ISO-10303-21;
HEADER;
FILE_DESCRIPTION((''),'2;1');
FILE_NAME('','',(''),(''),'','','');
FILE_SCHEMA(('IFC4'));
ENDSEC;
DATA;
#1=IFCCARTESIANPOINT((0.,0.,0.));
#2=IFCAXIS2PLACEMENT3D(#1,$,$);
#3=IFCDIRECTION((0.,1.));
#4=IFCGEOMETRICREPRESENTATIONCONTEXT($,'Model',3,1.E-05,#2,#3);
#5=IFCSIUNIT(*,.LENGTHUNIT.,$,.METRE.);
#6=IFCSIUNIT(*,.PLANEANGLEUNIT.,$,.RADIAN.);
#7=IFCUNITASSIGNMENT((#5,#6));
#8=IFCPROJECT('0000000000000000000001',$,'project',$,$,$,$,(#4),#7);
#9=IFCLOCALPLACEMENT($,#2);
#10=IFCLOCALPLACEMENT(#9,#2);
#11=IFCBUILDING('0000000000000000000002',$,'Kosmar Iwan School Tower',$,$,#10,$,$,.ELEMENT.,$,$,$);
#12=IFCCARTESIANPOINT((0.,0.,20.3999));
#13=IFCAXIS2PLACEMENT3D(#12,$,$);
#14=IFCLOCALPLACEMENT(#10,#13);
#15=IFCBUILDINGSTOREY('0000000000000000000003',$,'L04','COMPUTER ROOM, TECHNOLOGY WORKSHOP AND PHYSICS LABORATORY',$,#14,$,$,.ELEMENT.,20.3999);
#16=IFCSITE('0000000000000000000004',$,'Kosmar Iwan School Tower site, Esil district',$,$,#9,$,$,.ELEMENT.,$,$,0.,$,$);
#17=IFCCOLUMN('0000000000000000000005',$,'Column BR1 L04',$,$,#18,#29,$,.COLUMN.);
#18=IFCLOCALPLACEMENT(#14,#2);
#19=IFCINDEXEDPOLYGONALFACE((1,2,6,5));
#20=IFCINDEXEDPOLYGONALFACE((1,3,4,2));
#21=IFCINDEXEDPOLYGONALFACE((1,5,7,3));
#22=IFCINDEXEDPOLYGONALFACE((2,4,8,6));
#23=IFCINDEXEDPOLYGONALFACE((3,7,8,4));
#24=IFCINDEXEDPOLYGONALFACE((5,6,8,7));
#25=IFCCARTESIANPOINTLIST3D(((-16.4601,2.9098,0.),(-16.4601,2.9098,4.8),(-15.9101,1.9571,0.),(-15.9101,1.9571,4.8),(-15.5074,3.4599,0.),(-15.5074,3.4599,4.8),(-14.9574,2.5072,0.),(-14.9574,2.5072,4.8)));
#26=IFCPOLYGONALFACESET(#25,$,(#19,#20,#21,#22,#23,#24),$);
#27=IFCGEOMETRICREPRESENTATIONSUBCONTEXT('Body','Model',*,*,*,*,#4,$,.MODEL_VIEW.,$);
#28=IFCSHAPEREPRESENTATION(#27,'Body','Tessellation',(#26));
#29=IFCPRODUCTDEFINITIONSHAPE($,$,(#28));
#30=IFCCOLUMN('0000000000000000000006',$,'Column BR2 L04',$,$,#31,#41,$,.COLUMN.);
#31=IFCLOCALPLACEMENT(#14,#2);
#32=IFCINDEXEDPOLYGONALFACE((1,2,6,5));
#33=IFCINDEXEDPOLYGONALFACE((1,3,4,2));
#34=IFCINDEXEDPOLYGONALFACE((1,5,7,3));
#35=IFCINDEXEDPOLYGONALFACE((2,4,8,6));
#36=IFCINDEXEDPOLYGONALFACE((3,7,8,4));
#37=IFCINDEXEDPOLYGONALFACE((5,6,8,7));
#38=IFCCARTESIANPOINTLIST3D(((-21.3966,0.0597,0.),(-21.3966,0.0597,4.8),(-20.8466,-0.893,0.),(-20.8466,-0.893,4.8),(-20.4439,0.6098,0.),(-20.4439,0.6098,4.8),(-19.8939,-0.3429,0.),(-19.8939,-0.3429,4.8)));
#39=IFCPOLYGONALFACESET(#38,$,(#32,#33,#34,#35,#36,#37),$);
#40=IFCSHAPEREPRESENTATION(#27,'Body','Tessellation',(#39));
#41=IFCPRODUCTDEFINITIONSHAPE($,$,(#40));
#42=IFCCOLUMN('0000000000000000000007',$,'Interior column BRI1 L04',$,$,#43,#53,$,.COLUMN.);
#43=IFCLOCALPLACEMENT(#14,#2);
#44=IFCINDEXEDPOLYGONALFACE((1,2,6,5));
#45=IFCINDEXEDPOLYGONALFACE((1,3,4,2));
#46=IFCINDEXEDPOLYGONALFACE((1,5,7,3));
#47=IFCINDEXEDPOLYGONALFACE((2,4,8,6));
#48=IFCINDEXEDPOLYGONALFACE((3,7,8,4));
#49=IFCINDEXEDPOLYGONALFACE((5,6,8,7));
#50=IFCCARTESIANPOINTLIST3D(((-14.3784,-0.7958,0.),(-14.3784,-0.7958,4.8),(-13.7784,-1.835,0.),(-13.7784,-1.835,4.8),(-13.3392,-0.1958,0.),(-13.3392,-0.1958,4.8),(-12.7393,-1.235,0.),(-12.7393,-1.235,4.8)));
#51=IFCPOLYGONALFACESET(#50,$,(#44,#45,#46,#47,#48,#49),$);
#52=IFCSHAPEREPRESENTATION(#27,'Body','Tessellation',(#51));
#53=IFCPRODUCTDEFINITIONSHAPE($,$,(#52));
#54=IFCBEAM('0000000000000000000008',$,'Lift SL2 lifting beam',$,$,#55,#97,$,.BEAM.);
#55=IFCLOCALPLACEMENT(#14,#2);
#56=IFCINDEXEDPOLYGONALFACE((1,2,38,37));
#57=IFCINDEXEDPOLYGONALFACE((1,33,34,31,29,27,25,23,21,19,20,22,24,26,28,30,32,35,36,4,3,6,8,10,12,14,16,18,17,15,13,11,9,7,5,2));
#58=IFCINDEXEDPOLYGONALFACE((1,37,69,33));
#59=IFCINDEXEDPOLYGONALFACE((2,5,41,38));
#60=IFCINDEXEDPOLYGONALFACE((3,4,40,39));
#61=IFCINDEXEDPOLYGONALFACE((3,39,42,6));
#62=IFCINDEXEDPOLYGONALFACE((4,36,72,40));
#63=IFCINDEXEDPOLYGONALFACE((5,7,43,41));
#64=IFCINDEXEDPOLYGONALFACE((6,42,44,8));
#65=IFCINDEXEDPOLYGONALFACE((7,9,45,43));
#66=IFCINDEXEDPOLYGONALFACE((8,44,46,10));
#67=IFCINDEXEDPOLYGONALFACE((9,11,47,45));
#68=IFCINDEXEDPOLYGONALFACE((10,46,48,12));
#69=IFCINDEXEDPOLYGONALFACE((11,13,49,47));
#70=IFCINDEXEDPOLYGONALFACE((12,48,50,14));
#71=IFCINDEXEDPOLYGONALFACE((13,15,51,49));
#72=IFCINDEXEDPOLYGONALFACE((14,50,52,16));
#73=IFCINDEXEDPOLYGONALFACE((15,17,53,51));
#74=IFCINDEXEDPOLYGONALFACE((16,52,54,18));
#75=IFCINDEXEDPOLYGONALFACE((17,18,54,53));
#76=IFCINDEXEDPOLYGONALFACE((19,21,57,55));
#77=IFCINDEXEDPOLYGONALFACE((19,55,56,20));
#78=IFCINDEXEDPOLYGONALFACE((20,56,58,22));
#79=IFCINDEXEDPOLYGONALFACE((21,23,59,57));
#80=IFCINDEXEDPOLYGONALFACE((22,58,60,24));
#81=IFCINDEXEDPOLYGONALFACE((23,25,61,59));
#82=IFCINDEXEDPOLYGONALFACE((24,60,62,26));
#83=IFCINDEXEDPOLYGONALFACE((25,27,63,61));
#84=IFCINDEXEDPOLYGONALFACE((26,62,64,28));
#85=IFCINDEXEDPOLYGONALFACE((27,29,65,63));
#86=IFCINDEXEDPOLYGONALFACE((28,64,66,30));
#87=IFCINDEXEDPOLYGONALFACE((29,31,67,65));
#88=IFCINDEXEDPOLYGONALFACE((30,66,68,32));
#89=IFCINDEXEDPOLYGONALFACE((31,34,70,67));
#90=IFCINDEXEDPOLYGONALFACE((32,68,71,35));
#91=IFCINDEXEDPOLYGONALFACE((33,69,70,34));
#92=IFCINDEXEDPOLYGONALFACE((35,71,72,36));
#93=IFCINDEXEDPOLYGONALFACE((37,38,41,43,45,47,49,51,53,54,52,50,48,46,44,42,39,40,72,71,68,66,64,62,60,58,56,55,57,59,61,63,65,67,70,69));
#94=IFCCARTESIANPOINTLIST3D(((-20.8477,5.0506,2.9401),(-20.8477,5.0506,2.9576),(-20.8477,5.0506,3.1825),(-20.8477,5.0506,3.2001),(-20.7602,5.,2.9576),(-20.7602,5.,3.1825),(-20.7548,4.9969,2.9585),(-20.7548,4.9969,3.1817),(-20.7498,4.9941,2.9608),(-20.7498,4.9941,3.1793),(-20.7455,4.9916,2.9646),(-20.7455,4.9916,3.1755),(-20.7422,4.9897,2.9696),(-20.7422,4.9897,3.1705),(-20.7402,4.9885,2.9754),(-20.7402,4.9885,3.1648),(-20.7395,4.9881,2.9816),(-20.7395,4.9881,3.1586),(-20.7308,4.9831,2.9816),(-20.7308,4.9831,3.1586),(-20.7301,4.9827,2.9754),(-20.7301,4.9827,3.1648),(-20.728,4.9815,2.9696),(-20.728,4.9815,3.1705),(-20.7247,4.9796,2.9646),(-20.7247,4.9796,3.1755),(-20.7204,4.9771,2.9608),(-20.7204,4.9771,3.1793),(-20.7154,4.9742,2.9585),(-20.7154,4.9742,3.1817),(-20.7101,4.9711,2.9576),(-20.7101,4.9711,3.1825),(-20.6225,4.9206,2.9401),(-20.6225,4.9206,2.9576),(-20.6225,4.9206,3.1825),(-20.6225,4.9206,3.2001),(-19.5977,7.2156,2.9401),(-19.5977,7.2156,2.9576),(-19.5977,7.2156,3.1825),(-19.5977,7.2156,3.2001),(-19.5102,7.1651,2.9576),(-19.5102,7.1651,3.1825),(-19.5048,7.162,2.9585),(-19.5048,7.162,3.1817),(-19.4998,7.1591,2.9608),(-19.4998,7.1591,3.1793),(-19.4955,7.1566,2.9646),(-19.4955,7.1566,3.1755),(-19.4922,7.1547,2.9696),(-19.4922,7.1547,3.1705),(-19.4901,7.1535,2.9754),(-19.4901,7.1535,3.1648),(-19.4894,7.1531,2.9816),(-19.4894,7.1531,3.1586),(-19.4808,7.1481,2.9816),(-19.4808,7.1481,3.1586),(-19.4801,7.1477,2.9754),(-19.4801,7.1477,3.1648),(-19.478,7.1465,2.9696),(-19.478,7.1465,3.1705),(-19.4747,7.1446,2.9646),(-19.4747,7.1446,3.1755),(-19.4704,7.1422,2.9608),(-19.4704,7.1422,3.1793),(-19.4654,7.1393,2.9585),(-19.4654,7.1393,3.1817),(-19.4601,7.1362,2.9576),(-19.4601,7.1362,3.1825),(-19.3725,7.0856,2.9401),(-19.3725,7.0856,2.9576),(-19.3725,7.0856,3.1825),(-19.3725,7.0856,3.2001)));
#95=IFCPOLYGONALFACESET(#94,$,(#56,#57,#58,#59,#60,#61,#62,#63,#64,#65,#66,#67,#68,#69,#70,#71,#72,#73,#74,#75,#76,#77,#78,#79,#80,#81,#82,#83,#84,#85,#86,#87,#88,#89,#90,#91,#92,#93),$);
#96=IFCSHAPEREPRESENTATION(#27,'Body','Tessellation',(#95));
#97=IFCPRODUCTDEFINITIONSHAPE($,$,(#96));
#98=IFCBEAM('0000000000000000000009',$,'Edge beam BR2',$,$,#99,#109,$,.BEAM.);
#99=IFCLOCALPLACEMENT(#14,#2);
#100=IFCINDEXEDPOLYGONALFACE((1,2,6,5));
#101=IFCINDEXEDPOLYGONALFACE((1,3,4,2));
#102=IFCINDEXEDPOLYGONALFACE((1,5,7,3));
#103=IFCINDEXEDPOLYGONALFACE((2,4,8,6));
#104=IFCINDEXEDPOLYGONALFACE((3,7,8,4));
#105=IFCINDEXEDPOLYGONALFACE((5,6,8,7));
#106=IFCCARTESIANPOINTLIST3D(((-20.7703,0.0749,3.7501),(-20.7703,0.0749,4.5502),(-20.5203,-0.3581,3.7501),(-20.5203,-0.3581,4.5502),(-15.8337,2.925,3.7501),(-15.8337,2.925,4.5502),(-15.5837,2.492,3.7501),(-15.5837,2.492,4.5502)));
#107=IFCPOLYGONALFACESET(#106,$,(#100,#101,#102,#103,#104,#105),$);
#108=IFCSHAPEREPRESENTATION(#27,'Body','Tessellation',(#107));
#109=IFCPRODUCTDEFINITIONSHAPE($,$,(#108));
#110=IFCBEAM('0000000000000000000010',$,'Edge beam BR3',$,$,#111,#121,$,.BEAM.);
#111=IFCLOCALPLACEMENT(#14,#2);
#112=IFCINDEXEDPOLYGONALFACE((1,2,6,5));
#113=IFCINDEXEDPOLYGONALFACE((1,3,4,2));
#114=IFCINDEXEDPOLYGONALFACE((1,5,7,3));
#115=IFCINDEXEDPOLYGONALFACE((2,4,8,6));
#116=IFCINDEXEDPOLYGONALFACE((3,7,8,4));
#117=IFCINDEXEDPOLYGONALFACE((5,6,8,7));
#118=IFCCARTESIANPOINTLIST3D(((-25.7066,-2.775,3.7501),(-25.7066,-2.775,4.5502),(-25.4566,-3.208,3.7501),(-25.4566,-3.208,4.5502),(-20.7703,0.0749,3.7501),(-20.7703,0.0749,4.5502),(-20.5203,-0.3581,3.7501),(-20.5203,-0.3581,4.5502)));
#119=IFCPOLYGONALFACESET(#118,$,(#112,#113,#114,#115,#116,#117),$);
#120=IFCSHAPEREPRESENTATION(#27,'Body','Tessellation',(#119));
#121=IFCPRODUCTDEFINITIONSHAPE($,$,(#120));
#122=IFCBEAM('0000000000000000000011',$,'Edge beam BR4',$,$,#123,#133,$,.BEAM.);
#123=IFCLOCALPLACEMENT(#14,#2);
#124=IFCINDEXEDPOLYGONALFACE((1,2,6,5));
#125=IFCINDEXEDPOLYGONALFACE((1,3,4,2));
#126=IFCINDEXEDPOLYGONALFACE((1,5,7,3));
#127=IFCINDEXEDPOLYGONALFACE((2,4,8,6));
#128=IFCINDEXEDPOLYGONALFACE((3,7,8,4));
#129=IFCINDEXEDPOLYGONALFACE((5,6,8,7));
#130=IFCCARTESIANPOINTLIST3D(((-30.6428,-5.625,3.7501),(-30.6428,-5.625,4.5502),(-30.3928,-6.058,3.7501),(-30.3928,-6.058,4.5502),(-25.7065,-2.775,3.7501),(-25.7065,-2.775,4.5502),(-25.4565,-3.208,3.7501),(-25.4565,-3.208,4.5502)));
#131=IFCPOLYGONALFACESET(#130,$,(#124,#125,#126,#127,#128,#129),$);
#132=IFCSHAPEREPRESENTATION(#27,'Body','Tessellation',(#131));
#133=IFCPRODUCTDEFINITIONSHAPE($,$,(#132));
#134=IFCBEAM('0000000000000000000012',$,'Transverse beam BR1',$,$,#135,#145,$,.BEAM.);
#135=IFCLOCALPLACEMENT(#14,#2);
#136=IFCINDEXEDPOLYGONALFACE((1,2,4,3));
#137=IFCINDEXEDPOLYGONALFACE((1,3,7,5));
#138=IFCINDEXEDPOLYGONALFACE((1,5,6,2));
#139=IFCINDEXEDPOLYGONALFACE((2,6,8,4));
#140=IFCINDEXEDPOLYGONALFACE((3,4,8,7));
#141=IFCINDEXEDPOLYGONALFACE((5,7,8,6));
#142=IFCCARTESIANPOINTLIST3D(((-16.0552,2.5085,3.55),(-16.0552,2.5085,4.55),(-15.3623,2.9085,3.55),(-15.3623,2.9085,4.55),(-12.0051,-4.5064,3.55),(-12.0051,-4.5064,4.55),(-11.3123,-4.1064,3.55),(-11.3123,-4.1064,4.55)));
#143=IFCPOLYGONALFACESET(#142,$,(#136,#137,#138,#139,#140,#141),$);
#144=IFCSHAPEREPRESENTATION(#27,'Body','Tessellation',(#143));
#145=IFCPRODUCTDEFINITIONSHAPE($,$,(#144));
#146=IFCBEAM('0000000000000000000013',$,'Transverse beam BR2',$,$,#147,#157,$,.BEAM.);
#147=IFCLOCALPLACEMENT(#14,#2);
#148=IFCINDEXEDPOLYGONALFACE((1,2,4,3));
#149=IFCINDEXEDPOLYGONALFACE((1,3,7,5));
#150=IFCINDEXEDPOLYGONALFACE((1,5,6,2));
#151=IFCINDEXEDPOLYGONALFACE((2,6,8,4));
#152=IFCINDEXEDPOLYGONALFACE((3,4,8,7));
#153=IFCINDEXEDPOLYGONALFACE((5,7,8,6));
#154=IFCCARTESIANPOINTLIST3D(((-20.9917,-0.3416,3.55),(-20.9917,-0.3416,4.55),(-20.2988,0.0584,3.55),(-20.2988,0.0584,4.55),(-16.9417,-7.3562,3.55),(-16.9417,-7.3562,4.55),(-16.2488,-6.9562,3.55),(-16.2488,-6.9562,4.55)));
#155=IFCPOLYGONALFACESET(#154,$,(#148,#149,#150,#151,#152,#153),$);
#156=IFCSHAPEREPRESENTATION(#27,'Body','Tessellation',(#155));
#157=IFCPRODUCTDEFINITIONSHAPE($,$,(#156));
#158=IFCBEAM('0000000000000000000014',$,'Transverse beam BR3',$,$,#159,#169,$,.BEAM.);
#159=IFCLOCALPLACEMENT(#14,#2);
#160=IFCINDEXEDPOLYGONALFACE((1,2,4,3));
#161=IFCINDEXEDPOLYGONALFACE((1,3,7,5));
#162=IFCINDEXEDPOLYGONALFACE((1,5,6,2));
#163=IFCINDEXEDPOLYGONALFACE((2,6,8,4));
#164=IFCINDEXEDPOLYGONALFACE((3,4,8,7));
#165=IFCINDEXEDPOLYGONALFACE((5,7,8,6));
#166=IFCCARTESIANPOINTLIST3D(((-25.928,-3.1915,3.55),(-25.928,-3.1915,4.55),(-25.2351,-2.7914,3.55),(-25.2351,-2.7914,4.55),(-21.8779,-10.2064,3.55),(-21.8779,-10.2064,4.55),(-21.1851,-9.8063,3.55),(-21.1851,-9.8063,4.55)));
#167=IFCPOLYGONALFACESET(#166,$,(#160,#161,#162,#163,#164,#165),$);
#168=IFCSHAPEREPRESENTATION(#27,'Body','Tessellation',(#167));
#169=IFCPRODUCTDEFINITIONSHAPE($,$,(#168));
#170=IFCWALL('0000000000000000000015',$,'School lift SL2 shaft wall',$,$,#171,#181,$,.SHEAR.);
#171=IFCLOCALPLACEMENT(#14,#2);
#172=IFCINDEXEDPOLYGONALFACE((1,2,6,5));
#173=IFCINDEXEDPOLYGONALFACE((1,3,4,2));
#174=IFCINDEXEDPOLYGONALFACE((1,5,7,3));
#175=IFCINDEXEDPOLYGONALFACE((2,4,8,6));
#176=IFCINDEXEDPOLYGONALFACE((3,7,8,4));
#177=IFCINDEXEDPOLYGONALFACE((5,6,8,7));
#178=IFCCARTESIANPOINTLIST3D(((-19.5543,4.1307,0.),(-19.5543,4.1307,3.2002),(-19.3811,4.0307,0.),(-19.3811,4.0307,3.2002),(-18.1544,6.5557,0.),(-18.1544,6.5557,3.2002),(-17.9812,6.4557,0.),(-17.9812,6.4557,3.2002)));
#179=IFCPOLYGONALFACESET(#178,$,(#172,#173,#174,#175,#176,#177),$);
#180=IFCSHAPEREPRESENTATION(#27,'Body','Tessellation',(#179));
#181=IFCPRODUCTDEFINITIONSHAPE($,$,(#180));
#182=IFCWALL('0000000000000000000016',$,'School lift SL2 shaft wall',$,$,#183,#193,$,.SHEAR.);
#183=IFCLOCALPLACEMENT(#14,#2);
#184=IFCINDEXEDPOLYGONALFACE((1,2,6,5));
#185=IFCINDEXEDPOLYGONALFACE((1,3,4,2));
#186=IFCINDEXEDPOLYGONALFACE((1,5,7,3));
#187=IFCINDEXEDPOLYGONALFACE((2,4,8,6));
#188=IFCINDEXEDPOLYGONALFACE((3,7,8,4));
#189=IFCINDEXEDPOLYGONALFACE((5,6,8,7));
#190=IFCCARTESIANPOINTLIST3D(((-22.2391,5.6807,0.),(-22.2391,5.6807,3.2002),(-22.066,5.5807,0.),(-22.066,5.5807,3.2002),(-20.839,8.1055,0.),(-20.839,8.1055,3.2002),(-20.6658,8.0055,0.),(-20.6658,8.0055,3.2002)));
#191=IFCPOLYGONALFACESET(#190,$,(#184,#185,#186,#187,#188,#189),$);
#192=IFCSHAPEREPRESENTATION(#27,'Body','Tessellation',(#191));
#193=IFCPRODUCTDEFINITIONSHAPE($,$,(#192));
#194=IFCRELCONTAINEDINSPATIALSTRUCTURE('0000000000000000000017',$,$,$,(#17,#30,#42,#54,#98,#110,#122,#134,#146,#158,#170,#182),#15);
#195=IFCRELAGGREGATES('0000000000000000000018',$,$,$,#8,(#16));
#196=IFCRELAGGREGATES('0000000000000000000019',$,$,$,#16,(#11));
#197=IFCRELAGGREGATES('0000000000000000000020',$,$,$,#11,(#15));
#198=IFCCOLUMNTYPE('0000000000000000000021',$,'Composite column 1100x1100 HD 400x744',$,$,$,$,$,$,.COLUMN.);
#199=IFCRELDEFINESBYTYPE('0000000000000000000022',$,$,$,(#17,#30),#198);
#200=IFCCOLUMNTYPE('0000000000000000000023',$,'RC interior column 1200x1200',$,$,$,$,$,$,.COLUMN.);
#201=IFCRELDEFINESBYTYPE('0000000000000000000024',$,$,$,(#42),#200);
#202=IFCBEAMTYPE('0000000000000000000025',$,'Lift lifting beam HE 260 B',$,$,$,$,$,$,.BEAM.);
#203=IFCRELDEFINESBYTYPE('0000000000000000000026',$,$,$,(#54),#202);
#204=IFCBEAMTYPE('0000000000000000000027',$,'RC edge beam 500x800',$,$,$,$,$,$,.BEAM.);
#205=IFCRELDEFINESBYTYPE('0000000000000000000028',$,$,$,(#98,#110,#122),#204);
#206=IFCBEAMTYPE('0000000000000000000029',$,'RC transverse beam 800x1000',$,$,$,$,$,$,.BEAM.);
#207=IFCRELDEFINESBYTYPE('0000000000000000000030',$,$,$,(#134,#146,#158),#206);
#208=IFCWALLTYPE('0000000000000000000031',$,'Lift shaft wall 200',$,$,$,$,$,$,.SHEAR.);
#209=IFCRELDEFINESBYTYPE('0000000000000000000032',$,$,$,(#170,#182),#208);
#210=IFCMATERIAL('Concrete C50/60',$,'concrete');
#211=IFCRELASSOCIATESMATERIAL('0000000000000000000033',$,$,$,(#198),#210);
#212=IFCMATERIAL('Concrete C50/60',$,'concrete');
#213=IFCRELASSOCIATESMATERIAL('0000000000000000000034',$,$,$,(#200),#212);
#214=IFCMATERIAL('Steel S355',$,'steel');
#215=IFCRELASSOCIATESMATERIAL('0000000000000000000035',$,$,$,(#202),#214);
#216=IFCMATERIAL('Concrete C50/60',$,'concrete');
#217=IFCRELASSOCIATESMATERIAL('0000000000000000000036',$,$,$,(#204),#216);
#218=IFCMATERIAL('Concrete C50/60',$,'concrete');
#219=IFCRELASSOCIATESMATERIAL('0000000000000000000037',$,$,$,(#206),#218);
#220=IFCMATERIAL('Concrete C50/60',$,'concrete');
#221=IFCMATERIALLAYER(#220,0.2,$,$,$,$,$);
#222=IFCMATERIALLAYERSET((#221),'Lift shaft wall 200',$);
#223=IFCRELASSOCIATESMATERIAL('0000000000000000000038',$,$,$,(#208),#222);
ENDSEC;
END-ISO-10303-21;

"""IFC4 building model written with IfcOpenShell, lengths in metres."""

from ifc_helpers import new_model, si_unit, direction, frame, frame_2d, origin, origin_2d, place, context, subcontext, project, spatial, rectangle, i_section, extrude, material, layer, layer_set, material_profile, profile_set, type_object, element, save


model = new_model("IFC4")

# Units and contexts
model_context = context("Model", 3, precision=1e-05, world=origin(), true_north=direction((0.0, 1.0)))
body_context = subcontext(model_context, "Body", "Model", "MODEL_VIEW")
ifc_project = project(units=[si_unit("LENGTHUNIT", "METRE"), si_unit("PLANEANGLEUNIT", "RADIAN")], contexts=[model_context])

# Site, building, storey
site_placement = place(None, origin())
site = spatial("IfcSite", under=ifc_project, at=site_placement, Name="Kosmar Iwan School Tower site, Esil district", CompositionType="ELEMENT", RefElevation=0.0)
building_placement = place(site_placement, origin())
building = spatial("IfcBuilding", under=site, at=building_placement, Name="Kosmar Iwan School Tower", CompositionType="ELEMENT")
storey_placement = place(building_placement, frame((0.0, 0.0, 20.3999)))
storey = spatial("IfcBuildingStorey", under=building, at=storey_placement, Name="L04", Description="COMPUTER ROOM, TECHNOLOGY WORKSHOP AND PHYSICS LABORATORY", CompositionType="ELEMENT", Elevation=20.3999)

# Columns
ifc_material_1 = material(Name="Concrete C50/60", Category="concrete")
ifc_material_profile_1 = material_profile(ifc_material_1, rectangle(XDim=1.1001, YDim=1.1001, at=origin_2d()), Name="RC 1100x1100 + HD 400x744")
ifc_profile_set_1 = profile_set([ifc_material_profile_1], Name="Concrete C50/60")
column_type_1 = type_object("IfcColumnType", Name="Composite column 1100x1100 HD 400x744", PredefinedType="COLUMN", material=ifc_profile_set_1)
for number, where, z_axis, x_axis, name in (
    (1, (-15.7087, 2.7085, 0.0), (0.0, 0.0, 1.0), (-0.866025, -0.5, 0.0), "Column BR1 L04"),
    (2, (-20.6453, -0.1416, 0.0), (0.0, 0.0, 1.0), (-0.866025, -0.5, 0.0), "Column BR2 L04"),
):
    element("IfcColumn", number, at=place(storey_placement, frame(where, z_axis=z_axis, x_axis=x_axis)), inside=storey, type_object=column_type_1, Name=name, PredefinedType="COLUMN", context=body_context, shape_type="SweptSolid", body=[
        extrude(rectangle(XDim=1.1001, YDim=1.1001, at=origin_2d()), origin(), (0.0, 0.0, 1.0), 4.8),
    ])
ifc_material_2 = material(Name="Concrete C50/60", Category="concrete")
ifc_material_profile_2 = material_profile(ifc_material_2, rectangle(XDim=1.2, YDim=1.2, at=origin_2d()), Name="RC 1200x1200")
ifc_profile_set_2 = profile_set([ifc_material_profile_2], Name="Concrete C50/60")
column_type_2 = type_object("IfcColumnType", Name="RC interior column 1200x1200", PredefinedType="COLUMN", material=ifc_profile_set_2)
column_placement = place(storey_placement, frame((-13.5588, -1.0154, 0.0), z_axis=(0.0, 0.0, 1.0), x_axis=(-0.866025, -0.5, 0.0)))
element("IfcColumn", 3, at=column_placement, inside=storey, type_object=column_type_2, Name="Interior column BRI1 L04", PredefinedType="COLUMN", context=body_context, shape_type="SweptSolid", body=[
    extrude(rectangle(XDim=1.2, YDim=1.2, at=origin_2d()), origin(), (0.0, 0.0, 1.0), 4.8),
])

# Beams
ifc_material_3 = material(Name="Steel S355", Category="steel")
ifc_material_profile_3 = material_profile(ifc_material_3, i_section(OverallWidth=0.26, OverallDepth=0.26, WebThickness=0.01, FlangeThickness=0.0176, FilletRadius=0.0239, at=origin_2d()), Name="HE 260 B")
ifc_profile_set_3 = profile_set([ifc_material_profile_3], Name="Steel S355")
beam_type_1 = type_object("IfcBeamType", Name="Lift lifting beam HE 260 B", PredefinedType="BEAM", material=ifc_profile_set_3)
beam_1_placement = place(storey_placement, frame((-19.4851, 7.1506, 3.0701), z_axis=(-0.500004, -0.866023, 0.0), x_axis=(0.866023, -0.500004, 0.0)))
element("IfcBeam", 4, at=beam_1_placement, inside=storey, type_object=beam_type_1, Name="Lift SL2 lifting beam", PredefinedType="BEAM", context=body_context, shape_type="SweptSolid", body=[
    extrude(i_section(OverallWidth=0.26, OverallDepth=0.26, WebThickness=0.01, FlangeThickness=0.0176, FilletRadius=0.0239, at=origin_2d()), origin(), (0.0, 0.0, 1.0), 2.5),
])
ifc_material_4 = material(Name="Concrete C50/60", Category="concrete")
ifc_material_profile_4 = material_profile(ifc_material_4, rectangle(XDim=0.5, YDim=0.8, at=origin_2d()), Name="RC 500x800")
ifc_profile_set_4 = profile_set([ifc_material_profile_4], Name="Concrete C50/60")
beam_type_2 = type_object("IfcBeamType", Name="RC edge beam 500x800", PredefinedType="BEAM", material=ifc_profile_set_4)
beam_2_placement = place(storey_placement, frame((-15.7087, 2.7085, 4.1501), z_axis=(-0.866026, -0.499999, 0.0), x_axis=(0.499999, -0.866026, 0.0)))
element("IfcBeam", 5, at=beam_2_placement, inside=storey, type_object=beam_type_2, Name="Edge beam BR2", PredefinedType="BEAM", context=body_context, shape_type="SweptSolid", body=[
    extrude(rectangle(XDim=0.5, YDim=0.8, at=origin_2d()), origin(), (0.0, 0.0, 1.0), 5.7002),
])
for number, where, z_axis, x_axis, name in (
    (6, (-20.6453, -0.1416, 4.1501), (-0.866034, -0.499986, 0.0), (0.499986, -0.866034, 0.0), "Edge beam BR3"),
    (7, (-25.5815, -2.9915, 4.1501), (-0.866015, -0.500018, 0.0), (0.500018, -0.866015, 0.0), "Edge beam BR4"),
):
    element("IfcBeam", number, at=place(storey_placement, frame(where, z_axis=z_axis, x_axis=x_axis)), inside=storey, type_object=beam_type_2, Name=name, PredefinedType="BEAM", context=body_context, shape_type="SweptSolid", body=[
        extrude(rectangle(XDim=0.5, YDim=0.8, at=origin_2d()), origin(), (0.0, 0.0, 1.0), 5.7),
    ])
ifc_material_5 = material(Name="Concrete C50/60", Category="concrete")
ifc_material_profile_5 = material_profile(ifc_material_5, rectangle(XDim=0.8, YDim=1.0, at=origin_2d()), Name="RC 800x1000")
ifc_profile_set_5 = profile_set([ifc_material_profile_5], Name="Concrete C50/60")
beam_type_3 = type_object("IfcBeamType", Name="RC transverse beam 800x1000", PredefinedType="BEAM", material=ifc_profile_set_5)
beam_3_placement = place(storey_placement, frame((-15.7087, 2.7085, 4.05), z_axis=(0.5, -0.866025, 0.0), x_axis=(0.866025, 0.5, 0.0)))
element("IfcBeam", 8, at=beam_3_placement, inside=storey, type_object=beam_type_3, Name="Transverse beam BR1", PredefinedType="BEAM", context=body_context, shape_type="SweptSolid", body=[
    extrude(rectangle(XDim=0.8, YDim=1.0, at=origin_2d()), origin(), (0.0, 0.0, 1.0), 8.1001),
])
beam_4_placement = place(storey_placement, frame((-20.6453, -0.1416, 4.05), z_axis=(0.500013, -0.866018, 0.0), x_axis=(0.866018, 0.500013, 0.0)))
element("IfcBeam", 9, at=beam_4_placement, inside=storey, type_object=beam_type_3, Name="Transverse beam BR2", PredefinedType="BEAM", context=body_context, shape_type="SweptSolid", body=[
    extrude(rectangle(XDim=0.8, YDim=1.0, at=origin_2d()), origin(), (0.0, 0.0, 1.0), 8.0999),
])
beam_5_placement = place(storey_placement, frame((-25.5815, -2.9915, 4.05), z_axis=(0.5, -0.866025, 0.0), x_axis=(0.866025, 0.5, 0.0)))
element("IfcBeam", 10, at=beam_5_placement, inside=storey, type_object=beam_type_3, Name="Transverse beam BR3", PredefinedType="BEAM", context=body_context, shape_type="SweptSolid", body=[
    extrude(rectangle(XDim=0.8, YDim=1.0, at=origin_2d()), origin(), (0.0, 0.0, 1.0), 8.1001),
])

# Walls
ifc_material_6 = material(Name="Concrete C50/60", Category="concrete")
ifc_layer_1 = layer(ifc_material_6, 0.2)
ifc_layer_set_1 = layer_set([ifc_layer_1], Name="Lift shaft wall 200")
wall_type_1 = type_object("IfcWallType", Name="Lift shaft wall 200", PredefinedType="SHEAR", material=ifc_layer_set_1)
for number, where, z_axis, x_axis, name in (
    (11, (-18.0679, 6.5056, 0.0), (0.0, 0.0, 1.0), (-0.499946, -0.866056, 0.0), "School lift SL2 shaft wall"),
    (12, (-20.7524, 8.0554, 0.0), (0.0, 0.0, 1.0), (-0.50005, -0.865997, 0.0), "School lift SL2 shaft wall"),
):
    element("IfcWall", number, at=place(storey_placement, frame(where, z_axis=z_axis, x_axis=x_axis)), inside=storey, type_object=wall_type_1, Name=name, PredefinedType="SHEAR", context=body_context, shape_type="SweptSolid", body=[
        extrude(rectangle(XDim=2.8, YDim=0.2, at=frame_2d((1.3999, 0.0))), origin(), (0.0, 0.0, 1.0), 3.2002),
    ])

save(model, "model.ifc")
